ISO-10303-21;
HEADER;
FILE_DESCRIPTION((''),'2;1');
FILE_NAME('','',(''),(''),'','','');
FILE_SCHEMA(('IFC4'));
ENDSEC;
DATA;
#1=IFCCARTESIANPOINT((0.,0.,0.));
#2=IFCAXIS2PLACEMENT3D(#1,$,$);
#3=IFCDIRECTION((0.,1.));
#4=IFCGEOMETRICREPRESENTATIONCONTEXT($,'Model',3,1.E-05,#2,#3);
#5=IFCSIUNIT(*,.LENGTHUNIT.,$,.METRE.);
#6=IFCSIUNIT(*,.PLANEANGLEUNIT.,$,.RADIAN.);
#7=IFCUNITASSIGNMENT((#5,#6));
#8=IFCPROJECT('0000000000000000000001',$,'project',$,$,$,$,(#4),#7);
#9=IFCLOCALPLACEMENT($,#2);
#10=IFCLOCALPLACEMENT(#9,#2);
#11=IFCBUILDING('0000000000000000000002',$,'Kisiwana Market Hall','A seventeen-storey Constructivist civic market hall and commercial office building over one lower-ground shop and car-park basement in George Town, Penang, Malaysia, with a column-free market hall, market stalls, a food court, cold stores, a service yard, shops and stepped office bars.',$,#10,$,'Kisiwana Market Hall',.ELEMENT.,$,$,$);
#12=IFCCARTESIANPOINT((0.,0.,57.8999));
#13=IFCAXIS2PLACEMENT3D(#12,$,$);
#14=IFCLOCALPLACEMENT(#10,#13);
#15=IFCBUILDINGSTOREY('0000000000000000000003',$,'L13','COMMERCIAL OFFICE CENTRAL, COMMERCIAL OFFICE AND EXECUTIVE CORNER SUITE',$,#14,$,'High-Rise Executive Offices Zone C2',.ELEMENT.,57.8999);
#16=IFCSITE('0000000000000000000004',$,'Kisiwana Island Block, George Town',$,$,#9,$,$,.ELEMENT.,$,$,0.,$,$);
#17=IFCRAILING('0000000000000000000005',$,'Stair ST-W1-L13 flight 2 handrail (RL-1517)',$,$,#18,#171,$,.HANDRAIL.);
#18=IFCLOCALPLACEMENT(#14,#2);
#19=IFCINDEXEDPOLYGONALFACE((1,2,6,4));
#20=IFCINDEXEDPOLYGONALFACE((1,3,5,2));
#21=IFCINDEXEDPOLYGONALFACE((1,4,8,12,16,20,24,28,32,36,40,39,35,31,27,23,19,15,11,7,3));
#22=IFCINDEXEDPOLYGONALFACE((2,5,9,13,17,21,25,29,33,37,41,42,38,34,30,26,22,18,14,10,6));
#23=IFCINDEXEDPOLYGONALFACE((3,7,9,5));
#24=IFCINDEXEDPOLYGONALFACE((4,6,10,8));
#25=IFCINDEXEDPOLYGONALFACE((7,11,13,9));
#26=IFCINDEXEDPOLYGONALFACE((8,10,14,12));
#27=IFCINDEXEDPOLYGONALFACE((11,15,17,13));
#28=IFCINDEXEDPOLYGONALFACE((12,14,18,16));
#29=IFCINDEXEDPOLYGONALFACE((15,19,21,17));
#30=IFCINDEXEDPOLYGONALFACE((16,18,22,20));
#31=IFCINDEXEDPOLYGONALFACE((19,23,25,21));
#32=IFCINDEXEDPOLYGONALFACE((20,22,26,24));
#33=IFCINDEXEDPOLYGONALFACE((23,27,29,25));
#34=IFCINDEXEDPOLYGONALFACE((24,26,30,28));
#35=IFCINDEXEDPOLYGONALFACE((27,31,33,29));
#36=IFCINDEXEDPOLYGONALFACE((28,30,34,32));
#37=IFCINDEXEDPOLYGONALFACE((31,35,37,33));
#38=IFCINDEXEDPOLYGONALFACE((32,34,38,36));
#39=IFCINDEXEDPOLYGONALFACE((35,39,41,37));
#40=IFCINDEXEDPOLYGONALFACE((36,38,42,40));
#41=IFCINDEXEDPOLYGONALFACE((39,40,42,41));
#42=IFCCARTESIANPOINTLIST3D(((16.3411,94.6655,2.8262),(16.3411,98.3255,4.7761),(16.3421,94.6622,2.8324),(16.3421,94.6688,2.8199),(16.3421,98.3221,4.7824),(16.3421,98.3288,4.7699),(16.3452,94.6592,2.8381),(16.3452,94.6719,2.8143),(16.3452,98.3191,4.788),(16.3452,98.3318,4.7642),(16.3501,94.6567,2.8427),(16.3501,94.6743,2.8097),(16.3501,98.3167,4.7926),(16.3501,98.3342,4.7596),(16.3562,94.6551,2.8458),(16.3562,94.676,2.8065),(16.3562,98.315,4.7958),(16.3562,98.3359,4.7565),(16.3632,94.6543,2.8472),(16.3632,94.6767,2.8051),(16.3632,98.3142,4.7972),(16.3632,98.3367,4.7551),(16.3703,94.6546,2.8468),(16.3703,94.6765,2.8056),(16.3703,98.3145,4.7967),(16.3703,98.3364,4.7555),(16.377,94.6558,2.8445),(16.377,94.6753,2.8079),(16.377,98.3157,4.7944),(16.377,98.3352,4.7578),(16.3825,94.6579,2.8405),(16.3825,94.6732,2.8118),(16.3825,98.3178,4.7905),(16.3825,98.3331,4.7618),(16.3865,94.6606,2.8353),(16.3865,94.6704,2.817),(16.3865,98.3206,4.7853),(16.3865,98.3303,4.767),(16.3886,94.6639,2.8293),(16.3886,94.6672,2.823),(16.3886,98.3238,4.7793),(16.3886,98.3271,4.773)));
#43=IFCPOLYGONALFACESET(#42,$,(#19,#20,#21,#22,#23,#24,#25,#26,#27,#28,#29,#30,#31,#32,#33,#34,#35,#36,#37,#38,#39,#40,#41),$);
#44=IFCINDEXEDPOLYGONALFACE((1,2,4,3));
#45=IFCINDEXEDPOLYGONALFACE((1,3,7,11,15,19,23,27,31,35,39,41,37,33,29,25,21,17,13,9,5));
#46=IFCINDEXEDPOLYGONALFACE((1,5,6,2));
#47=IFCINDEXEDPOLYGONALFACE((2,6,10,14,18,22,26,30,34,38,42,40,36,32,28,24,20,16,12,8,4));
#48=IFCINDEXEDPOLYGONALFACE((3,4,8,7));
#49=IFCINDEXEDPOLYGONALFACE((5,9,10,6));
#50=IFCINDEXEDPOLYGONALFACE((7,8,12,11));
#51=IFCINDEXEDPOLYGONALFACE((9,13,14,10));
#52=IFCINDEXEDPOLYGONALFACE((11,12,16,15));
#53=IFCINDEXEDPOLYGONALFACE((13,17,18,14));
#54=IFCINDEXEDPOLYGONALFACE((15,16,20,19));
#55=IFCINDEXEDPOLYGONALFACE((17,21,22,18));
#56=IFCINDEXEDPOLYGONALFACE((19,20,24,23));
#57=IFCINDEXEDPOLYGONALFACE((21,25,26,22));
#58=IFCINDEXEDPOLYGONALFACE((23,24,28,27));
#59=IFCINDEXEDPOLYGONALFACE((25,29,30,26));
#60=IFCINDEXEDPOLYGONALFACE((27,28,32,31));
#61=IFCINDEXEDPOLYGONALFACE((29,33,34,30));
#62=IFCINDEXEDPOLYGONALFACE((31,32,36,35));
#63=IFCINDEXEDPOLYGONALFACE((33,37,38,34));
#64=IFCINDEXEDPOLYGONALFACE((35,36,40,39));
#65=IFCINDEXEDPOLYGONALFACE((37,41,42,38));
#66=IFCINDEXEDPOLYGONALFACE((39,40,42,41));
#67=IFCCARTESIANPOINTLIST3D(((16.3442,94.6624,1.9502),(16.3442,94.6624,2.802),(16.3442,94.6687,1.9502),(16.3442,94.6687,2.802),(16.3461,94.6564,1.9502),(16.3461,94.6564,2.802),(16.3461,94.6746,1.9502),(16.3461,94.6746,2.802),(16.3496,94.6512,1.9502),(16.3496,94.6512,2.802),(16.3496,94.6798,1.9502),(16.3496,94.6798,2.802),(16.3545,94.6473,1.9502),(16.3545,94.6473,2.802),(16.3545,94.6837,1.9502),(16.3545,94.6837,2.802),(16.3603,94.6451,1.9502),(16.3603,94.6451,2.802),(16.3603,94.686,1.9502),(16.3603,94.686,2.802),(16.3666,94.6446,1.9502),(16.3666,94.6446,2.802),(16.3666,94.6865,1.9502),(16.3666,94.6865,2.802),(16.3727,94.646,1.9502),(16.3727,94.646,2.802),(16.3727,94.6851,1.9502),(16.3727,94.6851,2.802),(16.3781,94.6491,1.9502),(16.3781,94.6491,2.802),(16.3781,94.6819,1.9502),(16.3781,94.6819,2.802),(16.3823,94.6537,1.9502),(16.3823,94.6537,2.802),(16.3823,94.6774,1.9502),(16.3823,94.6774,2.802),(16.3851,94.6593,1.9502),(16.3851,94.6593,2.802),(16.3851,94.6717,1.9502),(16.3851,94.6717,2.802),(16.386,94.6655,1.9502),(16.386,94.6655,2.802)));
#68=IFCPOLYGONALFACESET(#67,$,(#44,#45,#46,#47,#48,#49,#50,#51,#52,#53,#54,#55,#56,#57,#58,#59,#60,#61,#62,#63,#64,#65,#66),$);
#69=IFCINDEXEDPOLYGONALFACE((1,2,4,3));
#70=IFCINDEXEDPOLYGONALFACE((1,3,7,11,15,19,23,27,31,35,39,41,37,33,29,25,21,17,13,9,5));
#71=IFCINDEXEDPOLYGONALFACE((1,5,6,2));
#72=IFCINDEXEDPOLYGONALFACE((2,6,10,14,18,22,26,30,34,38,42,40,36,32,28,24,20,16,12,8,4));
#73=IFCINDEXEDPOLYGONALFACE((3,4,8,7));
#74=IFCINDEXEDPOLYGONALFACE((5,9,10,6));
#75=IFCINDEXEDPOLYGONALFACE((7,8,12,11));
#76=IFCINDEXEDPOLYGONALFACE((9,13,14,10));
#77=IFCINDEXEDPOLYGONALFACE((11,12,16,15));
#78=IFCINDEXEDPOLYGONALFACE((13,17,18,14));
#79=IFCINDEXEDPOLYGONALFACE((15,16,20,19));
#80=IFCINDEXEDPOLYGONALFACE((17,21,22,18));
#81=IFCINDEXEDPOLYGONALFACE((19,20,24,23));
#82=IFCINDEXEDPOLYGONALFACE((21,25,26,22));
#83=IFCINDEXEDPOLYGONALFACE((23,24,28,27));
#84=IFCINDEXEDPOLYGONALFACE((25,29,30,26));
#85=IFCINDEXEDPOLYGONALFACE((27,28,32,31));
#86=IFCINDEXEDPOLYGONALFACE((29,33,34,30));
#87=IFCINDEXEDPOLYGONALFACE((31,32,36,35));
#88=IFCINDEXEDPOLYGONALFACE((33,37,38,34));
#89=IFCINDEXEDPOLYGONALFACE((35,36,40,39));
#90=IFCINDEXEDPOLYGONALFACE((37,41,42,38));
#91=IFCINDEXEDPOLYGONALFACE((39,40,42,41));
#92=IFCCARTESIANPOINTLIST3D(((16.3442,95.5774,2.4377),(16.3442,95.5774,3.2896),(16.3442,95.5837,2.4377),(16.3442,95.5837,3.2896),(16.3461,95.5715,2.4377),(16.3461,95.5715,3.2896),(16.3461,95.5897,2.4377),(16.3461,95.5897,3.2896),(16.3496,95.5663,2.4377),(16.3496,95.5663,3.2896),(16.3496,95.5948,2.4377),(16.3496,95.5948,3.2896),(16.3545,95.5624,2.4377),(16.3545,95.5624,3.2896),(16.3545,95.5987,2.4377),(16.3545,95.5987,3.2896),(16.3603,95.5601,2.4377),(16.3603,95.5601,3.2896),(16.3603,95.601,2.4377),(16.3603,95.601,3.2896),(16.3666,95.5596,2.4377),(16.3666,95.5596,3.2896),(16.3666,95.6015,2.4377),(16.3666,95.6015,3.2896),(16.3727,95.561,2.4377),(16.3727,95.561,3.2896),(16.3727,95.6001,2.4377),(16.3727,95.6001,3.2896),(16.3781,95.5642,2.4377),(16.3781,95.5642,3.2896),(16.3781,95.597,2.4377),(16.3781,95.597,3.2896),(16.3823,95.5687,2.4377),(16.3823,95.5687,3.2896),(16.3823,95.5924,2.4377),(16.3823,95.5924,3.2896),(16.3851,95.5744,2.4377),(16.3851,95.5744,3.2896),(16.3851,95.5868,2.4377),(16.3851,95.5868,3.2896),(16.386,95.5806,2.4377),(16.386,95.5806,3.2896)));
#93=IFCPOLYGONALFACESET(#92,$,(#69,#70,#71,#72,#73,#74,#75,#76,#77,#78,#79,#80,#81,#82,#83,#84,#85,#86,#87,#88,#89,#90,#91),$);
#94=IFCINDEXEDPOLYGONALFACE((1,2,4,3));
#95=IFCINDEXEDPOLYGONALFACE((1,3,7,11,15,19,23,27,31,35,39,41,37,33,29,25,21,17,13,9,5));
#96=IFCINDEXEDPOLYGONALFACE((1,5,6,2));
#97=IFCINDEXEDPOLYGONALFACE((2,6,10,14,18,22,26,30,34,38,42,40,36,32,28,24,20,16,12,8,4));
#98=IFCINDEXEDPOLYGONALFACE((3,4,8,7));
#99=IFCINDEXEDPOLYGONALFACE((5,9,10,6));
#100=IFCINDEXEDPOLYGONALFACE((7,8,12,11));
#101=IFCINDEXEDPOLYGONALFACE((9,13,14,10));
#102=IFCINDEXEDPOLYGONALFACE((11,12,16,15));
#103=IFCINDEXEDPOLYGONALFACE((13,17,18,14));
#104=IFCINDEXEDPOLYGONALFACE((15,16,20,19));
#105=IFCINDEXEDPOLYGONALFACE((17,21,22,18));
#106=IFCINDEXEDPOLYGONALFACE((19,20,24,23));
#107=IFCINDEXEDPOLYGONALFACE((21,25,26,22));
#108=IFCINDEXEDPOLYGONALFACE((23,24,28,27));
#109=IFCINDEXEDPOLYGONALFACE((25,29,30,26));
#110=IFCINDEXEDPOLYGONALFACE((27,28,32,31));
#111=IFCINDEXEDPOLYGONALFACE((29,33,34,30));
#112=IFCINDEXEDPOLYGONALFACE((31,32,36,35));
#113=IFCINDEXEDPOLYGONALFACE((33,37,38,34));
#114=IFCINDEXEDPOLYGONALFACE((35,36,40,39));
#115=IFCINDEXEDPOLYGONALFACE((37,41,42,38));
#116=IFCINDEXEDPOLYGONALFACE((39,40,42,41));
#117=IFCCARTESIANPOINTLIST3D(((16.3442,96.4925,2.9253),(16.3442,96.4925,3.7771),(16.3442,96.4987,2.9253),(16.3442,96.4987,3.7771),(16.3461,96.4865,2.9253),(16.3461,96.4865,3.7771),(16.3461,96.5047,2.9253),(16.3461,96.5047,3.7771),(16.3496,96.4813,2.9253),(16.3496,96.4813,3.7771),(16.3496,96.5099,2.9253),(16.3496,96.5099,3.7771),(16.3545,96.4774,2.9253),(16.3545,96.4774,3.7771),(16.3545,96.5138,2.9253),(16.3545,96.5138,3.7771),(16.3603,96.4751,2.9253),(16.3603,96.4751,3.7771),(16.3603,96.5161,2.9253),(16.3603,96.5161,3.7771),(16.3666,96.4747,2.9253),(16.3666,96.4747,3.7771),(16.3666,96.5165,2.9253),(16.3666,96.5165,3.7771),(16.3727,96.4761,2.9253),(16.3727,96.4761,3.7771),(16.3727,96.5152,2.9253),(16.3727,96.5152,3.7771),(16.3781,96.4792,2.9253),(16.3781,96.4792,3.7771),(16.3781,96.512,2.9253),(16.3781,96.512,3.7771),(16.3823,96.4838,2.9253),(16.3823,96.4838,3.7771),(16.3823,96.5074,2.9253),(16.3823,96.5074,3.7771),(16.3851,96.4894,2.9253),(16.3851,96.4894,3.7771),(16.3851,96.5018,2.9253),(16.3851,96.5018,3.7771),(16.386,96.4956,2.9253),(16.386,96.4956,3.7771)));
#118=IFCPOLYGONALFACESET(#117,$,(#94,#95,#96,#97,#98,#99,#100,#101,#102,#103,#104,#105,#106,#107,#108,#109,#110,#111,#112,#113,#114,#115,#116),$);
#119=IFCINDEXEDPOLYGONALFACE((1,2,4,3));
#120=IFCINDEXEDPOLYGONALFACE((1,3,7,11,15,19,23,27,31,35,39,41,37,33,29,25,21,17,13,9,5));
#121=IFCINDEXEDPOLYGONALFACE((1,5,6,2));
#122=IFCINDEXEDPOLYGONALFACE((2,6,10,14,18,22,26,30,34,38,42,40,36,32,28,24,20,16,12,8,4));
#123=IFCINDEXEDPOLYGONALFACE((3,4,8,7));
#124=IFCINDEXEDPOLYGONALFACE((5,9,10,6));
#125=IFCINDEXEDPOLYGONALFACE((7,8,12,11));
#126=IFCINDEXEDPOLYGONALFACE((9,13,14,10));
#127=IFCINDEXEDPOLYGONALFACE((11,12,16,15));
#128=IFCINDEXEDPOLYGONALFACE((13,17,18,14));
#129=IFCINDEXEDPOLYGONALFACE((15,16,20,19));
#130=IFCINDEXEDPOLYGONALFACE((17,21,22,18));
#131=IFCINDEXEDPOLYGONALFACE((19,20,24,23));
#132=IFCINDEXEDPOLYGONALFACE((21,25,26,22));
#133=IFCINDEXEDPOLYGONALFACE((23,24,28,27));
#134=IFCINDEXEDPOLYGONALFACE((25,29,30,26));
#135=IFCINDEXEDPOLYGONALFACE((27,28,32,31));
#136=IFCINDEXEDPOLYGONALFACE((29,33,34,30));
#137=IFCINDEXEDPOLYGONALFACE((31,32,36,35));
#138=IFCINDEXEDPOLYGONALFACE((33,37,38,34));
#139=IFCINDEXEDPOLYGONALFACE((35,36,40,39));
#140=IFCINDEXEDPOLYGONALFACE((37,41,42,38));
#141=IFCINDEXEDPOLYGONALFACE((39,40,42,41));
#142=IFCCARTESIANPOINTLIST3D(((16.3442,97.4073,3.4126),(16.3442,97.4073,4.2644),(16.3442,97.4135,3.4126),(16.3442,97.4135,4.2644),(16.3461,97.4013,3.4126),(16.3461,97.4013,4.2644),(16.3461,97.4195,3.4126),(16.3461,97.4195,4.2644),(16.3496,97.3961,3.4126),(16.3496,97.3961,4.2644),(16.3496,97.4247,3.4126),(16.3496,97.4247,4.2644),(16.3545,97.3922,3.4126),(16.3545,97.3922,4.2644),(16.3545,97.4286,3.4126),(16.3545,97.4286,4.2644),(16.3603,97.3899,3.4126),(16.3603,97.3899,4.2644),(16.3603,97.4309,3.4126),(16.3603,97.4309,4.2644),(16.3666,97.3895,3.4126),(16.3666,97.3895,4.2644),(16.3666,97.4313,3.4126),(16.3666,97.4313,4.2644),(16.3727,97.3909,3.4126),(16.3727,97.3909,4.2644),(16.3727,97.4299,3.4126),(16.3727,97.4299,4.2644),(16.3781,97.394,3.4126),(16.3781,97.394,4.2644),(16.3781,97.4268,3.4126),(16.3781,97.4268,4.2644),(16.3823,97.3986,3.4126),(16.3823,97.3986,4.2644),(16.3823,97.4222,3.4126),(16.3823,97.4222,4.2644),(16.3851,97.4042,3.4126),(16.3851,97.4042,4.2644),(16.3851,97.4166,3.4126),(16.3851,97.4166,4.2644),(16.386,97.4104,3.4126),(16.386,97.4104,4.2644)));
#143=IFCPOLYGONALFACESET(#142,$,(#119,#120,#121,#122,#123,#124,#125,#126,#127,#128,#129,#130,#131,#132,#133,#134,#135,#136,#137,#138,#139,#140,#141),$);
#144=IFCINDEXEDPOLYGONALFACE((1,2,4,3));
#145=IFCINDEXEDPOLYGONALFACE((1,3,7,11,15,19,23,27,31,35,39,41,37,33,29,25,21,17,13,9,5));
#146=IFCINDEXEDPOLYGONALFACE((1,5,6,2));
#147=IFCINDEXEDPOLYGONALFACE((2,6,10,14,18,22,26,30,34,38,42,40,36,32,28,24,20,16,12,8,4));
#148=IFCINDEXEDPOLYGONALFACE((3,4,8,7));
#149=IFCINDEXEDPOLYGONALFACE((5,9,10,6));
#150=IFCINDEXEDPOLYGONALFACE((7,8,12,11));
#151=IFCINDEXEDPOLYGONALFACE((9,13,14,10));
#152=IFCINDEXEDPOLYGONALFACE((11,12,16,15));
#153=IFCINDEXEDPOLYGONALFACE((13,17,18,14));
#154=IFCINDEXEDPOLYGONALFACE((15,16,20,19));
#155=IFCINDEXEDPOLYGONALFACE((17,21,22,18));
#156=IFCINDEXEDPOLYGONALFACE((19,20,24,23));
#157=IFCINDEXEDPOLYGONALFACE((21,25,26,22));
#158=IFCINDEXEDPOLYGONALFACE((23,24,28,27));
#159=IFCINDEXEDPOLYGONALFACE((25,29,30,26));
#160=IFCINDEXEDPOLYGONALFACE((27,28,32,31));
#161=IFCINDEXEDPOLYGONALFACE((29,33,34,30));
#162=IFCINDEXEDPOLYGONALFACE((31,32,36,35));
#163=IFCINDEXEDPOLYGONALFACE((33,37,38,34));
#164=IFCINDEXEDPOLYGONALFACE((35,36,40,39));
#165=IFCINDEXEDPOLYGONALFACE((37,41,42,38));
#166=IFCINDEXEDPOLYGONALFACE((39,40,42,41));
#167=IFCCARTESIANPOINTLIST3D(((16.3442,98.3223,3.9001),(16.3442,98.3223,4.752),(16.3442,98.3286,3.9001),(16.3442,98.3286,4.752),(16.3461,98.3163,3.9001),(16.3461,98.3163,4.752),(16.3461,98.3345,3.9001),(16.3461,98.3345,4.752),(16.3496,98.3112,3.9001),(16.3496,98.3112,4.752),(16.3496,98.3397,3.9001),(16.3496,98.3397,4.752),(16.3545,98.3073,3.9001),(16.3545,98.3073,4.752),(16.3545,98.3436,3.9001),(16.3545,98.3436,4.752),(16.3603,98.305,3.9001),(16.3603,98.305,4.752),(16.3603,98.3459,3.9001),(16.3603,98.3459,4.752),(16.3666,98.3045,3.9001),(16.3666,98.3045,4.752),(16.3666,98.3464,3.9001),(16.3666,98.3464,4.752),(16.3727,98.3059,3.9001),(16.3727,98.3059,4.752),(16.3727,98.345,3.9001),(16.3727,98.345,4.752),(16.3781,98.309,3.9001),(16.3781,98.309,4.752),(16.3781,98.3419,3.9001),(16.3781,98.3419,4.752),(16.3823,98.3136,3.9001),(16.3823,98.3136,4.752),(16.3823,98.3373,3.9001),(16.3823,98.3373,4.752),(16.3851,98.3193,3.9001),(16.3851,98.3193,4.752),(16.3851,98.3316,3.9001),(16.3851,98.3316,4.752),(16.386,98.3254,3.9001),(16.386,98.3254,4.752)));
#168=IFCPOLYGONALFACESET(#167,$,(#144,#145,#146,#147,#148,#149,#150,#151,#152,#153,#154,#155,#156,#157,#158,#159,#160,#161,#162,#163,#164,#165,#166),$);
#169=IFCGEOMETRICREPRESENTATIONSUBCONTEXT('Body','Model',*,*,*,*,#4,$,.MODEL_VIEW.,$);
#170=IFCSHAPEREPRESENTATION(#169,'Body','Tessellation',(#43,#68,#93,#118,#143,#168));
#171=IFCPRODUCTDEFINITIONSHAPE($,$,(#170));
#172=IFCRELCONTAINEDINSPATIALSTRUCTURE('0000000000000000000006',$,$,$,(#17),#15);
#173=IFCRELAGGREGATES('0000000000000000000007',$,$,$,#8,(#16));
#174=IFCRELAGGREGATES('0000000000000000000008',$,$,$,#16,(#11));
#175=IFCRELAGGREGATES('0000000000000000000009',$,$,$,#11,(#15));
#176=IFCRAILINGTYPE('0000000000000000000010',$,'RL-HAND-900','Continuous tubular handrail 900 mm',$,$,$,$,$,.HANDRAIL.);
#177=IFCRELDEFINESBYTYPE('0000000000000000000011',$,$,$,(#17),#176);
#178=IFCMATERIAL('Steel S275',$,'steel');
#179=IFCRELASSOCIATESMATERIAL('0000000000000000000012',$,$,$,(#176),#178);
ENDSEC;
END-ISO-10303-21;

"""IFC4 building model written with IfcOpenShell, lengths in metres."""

from ifc_helpers import new_model, si_unit, direction, frame, origin, origin_2d, place, context, subcontext, project, spatial, circle, extrude, material, type_object, element, save


model = new_model("IFC4")

# Units and contexts
model_context = context("Model", 3, precision=1e-05, world=origin(), true_north=direction((0.0, 1.0)))
body_context = subcontext(model_context, "Body", "Model", "MODEL_VIEW")
ifc_project = project(units=[si_unit("LENGTHUNIT", "METRE"), si_unit("PLANEANGLEUNIT", "RADIAN")], contexts=[model_context])

# Site, building, storey
site_placement = place(None, origin())
site = spatial("IfcSite", under=ifc_project, at=site_placement, Name="Kisiwana Island Block, George Town", CompositionType="ELEMENT", RefElevation=0.0)
building_placement = place(site_placement, origin())
building = spatial("IfcBuilding", under=site, at=building_placement, Name="Kisiwana Market Hall", Description="A seventeen-storey Constructivist civic market hall and commercial office building over one lower-ground shop and car-park basement in George Town, Penang, Malaysia, with a column-free market hall, market stalls, a food court, cold stores, a service yard, shops and stepped office bars.", LongName="Kisiwana Market Hall", CompositionType="ELEMENT")
storey_placement = place(building_placement, frame((0.0, 0.0, 57.8999)))
storey = spatial("IfcBuildingStorey", under=building, at=storey_placement, Name="L13", Description="COMMERCIAL OFFICE CENTRAL, COMMERCIAL OFFICE AND EXECUTIVE CORNER SUITE", LongName="High-Rise Executive Offices Zone C2", CompositionType="ELEMENT", Elevation=57.8999)

# Railing
ifc_material_1 = material(Name="Steel S275", Category="steel")
railing_type_1 = type_object("IfcRailingType", Name="RL-HAND-900", Description="Continuous tubular handrail 900 mm", PredefinedType="HANDRAIL", material=ifc_material_1)
railing_1_placement = place(storey_placement, frame((16.365, 94.6655, 1.9502)))
element("IfcRailing", 1, at=railing_1_placement, inside=storey, type_object=railing_type_1, Name="Stair ST-W1-L13 flight 2 handrail (RL-1517)", PredefinedType="HANDRAIL", context=body_context, shape_type="SweptSolid", body=[
    extrude(circle(Radius=0.0239, at=origin_2d()), frame((0.0, 0.0, 0.876), z_axis=(0.0, 0.882553, 0.470212), x_axis=(-1.0, 0.0, 0.0)), (0.0, 0.0, 1.0), 4.147),
    extrude(circle(Radius=0.021, at=origin_2d()), origin(), (0.0, 0.0, 1.0), 0.8518),
    extrude(circle(Radius=0.021, at=origin_2d()), frame((0.0, 0.915, 0.4875)), (0.0, 0.0, 1.0), 0.8518),
    extrude(circle(Radius=0.021, at=origin_2d()), frame((0.0, 1.8301, 0.9751)), (0.0, 0.0, 1.0), 0.8518),
    extrude(circle(Radius=0.021, at=origin_2d()), frame((0.0, 2.7449, 1.4624)), (0.0, 0.0, 1.0), 0.8518),
    extrude(circle(Radius=0.021, at=origin_2d()), frame((0.0, 3.6599, 1.95)), (0.0, 0.0, 1.0), 0.8518),
])

save(model, "model.ifc")
